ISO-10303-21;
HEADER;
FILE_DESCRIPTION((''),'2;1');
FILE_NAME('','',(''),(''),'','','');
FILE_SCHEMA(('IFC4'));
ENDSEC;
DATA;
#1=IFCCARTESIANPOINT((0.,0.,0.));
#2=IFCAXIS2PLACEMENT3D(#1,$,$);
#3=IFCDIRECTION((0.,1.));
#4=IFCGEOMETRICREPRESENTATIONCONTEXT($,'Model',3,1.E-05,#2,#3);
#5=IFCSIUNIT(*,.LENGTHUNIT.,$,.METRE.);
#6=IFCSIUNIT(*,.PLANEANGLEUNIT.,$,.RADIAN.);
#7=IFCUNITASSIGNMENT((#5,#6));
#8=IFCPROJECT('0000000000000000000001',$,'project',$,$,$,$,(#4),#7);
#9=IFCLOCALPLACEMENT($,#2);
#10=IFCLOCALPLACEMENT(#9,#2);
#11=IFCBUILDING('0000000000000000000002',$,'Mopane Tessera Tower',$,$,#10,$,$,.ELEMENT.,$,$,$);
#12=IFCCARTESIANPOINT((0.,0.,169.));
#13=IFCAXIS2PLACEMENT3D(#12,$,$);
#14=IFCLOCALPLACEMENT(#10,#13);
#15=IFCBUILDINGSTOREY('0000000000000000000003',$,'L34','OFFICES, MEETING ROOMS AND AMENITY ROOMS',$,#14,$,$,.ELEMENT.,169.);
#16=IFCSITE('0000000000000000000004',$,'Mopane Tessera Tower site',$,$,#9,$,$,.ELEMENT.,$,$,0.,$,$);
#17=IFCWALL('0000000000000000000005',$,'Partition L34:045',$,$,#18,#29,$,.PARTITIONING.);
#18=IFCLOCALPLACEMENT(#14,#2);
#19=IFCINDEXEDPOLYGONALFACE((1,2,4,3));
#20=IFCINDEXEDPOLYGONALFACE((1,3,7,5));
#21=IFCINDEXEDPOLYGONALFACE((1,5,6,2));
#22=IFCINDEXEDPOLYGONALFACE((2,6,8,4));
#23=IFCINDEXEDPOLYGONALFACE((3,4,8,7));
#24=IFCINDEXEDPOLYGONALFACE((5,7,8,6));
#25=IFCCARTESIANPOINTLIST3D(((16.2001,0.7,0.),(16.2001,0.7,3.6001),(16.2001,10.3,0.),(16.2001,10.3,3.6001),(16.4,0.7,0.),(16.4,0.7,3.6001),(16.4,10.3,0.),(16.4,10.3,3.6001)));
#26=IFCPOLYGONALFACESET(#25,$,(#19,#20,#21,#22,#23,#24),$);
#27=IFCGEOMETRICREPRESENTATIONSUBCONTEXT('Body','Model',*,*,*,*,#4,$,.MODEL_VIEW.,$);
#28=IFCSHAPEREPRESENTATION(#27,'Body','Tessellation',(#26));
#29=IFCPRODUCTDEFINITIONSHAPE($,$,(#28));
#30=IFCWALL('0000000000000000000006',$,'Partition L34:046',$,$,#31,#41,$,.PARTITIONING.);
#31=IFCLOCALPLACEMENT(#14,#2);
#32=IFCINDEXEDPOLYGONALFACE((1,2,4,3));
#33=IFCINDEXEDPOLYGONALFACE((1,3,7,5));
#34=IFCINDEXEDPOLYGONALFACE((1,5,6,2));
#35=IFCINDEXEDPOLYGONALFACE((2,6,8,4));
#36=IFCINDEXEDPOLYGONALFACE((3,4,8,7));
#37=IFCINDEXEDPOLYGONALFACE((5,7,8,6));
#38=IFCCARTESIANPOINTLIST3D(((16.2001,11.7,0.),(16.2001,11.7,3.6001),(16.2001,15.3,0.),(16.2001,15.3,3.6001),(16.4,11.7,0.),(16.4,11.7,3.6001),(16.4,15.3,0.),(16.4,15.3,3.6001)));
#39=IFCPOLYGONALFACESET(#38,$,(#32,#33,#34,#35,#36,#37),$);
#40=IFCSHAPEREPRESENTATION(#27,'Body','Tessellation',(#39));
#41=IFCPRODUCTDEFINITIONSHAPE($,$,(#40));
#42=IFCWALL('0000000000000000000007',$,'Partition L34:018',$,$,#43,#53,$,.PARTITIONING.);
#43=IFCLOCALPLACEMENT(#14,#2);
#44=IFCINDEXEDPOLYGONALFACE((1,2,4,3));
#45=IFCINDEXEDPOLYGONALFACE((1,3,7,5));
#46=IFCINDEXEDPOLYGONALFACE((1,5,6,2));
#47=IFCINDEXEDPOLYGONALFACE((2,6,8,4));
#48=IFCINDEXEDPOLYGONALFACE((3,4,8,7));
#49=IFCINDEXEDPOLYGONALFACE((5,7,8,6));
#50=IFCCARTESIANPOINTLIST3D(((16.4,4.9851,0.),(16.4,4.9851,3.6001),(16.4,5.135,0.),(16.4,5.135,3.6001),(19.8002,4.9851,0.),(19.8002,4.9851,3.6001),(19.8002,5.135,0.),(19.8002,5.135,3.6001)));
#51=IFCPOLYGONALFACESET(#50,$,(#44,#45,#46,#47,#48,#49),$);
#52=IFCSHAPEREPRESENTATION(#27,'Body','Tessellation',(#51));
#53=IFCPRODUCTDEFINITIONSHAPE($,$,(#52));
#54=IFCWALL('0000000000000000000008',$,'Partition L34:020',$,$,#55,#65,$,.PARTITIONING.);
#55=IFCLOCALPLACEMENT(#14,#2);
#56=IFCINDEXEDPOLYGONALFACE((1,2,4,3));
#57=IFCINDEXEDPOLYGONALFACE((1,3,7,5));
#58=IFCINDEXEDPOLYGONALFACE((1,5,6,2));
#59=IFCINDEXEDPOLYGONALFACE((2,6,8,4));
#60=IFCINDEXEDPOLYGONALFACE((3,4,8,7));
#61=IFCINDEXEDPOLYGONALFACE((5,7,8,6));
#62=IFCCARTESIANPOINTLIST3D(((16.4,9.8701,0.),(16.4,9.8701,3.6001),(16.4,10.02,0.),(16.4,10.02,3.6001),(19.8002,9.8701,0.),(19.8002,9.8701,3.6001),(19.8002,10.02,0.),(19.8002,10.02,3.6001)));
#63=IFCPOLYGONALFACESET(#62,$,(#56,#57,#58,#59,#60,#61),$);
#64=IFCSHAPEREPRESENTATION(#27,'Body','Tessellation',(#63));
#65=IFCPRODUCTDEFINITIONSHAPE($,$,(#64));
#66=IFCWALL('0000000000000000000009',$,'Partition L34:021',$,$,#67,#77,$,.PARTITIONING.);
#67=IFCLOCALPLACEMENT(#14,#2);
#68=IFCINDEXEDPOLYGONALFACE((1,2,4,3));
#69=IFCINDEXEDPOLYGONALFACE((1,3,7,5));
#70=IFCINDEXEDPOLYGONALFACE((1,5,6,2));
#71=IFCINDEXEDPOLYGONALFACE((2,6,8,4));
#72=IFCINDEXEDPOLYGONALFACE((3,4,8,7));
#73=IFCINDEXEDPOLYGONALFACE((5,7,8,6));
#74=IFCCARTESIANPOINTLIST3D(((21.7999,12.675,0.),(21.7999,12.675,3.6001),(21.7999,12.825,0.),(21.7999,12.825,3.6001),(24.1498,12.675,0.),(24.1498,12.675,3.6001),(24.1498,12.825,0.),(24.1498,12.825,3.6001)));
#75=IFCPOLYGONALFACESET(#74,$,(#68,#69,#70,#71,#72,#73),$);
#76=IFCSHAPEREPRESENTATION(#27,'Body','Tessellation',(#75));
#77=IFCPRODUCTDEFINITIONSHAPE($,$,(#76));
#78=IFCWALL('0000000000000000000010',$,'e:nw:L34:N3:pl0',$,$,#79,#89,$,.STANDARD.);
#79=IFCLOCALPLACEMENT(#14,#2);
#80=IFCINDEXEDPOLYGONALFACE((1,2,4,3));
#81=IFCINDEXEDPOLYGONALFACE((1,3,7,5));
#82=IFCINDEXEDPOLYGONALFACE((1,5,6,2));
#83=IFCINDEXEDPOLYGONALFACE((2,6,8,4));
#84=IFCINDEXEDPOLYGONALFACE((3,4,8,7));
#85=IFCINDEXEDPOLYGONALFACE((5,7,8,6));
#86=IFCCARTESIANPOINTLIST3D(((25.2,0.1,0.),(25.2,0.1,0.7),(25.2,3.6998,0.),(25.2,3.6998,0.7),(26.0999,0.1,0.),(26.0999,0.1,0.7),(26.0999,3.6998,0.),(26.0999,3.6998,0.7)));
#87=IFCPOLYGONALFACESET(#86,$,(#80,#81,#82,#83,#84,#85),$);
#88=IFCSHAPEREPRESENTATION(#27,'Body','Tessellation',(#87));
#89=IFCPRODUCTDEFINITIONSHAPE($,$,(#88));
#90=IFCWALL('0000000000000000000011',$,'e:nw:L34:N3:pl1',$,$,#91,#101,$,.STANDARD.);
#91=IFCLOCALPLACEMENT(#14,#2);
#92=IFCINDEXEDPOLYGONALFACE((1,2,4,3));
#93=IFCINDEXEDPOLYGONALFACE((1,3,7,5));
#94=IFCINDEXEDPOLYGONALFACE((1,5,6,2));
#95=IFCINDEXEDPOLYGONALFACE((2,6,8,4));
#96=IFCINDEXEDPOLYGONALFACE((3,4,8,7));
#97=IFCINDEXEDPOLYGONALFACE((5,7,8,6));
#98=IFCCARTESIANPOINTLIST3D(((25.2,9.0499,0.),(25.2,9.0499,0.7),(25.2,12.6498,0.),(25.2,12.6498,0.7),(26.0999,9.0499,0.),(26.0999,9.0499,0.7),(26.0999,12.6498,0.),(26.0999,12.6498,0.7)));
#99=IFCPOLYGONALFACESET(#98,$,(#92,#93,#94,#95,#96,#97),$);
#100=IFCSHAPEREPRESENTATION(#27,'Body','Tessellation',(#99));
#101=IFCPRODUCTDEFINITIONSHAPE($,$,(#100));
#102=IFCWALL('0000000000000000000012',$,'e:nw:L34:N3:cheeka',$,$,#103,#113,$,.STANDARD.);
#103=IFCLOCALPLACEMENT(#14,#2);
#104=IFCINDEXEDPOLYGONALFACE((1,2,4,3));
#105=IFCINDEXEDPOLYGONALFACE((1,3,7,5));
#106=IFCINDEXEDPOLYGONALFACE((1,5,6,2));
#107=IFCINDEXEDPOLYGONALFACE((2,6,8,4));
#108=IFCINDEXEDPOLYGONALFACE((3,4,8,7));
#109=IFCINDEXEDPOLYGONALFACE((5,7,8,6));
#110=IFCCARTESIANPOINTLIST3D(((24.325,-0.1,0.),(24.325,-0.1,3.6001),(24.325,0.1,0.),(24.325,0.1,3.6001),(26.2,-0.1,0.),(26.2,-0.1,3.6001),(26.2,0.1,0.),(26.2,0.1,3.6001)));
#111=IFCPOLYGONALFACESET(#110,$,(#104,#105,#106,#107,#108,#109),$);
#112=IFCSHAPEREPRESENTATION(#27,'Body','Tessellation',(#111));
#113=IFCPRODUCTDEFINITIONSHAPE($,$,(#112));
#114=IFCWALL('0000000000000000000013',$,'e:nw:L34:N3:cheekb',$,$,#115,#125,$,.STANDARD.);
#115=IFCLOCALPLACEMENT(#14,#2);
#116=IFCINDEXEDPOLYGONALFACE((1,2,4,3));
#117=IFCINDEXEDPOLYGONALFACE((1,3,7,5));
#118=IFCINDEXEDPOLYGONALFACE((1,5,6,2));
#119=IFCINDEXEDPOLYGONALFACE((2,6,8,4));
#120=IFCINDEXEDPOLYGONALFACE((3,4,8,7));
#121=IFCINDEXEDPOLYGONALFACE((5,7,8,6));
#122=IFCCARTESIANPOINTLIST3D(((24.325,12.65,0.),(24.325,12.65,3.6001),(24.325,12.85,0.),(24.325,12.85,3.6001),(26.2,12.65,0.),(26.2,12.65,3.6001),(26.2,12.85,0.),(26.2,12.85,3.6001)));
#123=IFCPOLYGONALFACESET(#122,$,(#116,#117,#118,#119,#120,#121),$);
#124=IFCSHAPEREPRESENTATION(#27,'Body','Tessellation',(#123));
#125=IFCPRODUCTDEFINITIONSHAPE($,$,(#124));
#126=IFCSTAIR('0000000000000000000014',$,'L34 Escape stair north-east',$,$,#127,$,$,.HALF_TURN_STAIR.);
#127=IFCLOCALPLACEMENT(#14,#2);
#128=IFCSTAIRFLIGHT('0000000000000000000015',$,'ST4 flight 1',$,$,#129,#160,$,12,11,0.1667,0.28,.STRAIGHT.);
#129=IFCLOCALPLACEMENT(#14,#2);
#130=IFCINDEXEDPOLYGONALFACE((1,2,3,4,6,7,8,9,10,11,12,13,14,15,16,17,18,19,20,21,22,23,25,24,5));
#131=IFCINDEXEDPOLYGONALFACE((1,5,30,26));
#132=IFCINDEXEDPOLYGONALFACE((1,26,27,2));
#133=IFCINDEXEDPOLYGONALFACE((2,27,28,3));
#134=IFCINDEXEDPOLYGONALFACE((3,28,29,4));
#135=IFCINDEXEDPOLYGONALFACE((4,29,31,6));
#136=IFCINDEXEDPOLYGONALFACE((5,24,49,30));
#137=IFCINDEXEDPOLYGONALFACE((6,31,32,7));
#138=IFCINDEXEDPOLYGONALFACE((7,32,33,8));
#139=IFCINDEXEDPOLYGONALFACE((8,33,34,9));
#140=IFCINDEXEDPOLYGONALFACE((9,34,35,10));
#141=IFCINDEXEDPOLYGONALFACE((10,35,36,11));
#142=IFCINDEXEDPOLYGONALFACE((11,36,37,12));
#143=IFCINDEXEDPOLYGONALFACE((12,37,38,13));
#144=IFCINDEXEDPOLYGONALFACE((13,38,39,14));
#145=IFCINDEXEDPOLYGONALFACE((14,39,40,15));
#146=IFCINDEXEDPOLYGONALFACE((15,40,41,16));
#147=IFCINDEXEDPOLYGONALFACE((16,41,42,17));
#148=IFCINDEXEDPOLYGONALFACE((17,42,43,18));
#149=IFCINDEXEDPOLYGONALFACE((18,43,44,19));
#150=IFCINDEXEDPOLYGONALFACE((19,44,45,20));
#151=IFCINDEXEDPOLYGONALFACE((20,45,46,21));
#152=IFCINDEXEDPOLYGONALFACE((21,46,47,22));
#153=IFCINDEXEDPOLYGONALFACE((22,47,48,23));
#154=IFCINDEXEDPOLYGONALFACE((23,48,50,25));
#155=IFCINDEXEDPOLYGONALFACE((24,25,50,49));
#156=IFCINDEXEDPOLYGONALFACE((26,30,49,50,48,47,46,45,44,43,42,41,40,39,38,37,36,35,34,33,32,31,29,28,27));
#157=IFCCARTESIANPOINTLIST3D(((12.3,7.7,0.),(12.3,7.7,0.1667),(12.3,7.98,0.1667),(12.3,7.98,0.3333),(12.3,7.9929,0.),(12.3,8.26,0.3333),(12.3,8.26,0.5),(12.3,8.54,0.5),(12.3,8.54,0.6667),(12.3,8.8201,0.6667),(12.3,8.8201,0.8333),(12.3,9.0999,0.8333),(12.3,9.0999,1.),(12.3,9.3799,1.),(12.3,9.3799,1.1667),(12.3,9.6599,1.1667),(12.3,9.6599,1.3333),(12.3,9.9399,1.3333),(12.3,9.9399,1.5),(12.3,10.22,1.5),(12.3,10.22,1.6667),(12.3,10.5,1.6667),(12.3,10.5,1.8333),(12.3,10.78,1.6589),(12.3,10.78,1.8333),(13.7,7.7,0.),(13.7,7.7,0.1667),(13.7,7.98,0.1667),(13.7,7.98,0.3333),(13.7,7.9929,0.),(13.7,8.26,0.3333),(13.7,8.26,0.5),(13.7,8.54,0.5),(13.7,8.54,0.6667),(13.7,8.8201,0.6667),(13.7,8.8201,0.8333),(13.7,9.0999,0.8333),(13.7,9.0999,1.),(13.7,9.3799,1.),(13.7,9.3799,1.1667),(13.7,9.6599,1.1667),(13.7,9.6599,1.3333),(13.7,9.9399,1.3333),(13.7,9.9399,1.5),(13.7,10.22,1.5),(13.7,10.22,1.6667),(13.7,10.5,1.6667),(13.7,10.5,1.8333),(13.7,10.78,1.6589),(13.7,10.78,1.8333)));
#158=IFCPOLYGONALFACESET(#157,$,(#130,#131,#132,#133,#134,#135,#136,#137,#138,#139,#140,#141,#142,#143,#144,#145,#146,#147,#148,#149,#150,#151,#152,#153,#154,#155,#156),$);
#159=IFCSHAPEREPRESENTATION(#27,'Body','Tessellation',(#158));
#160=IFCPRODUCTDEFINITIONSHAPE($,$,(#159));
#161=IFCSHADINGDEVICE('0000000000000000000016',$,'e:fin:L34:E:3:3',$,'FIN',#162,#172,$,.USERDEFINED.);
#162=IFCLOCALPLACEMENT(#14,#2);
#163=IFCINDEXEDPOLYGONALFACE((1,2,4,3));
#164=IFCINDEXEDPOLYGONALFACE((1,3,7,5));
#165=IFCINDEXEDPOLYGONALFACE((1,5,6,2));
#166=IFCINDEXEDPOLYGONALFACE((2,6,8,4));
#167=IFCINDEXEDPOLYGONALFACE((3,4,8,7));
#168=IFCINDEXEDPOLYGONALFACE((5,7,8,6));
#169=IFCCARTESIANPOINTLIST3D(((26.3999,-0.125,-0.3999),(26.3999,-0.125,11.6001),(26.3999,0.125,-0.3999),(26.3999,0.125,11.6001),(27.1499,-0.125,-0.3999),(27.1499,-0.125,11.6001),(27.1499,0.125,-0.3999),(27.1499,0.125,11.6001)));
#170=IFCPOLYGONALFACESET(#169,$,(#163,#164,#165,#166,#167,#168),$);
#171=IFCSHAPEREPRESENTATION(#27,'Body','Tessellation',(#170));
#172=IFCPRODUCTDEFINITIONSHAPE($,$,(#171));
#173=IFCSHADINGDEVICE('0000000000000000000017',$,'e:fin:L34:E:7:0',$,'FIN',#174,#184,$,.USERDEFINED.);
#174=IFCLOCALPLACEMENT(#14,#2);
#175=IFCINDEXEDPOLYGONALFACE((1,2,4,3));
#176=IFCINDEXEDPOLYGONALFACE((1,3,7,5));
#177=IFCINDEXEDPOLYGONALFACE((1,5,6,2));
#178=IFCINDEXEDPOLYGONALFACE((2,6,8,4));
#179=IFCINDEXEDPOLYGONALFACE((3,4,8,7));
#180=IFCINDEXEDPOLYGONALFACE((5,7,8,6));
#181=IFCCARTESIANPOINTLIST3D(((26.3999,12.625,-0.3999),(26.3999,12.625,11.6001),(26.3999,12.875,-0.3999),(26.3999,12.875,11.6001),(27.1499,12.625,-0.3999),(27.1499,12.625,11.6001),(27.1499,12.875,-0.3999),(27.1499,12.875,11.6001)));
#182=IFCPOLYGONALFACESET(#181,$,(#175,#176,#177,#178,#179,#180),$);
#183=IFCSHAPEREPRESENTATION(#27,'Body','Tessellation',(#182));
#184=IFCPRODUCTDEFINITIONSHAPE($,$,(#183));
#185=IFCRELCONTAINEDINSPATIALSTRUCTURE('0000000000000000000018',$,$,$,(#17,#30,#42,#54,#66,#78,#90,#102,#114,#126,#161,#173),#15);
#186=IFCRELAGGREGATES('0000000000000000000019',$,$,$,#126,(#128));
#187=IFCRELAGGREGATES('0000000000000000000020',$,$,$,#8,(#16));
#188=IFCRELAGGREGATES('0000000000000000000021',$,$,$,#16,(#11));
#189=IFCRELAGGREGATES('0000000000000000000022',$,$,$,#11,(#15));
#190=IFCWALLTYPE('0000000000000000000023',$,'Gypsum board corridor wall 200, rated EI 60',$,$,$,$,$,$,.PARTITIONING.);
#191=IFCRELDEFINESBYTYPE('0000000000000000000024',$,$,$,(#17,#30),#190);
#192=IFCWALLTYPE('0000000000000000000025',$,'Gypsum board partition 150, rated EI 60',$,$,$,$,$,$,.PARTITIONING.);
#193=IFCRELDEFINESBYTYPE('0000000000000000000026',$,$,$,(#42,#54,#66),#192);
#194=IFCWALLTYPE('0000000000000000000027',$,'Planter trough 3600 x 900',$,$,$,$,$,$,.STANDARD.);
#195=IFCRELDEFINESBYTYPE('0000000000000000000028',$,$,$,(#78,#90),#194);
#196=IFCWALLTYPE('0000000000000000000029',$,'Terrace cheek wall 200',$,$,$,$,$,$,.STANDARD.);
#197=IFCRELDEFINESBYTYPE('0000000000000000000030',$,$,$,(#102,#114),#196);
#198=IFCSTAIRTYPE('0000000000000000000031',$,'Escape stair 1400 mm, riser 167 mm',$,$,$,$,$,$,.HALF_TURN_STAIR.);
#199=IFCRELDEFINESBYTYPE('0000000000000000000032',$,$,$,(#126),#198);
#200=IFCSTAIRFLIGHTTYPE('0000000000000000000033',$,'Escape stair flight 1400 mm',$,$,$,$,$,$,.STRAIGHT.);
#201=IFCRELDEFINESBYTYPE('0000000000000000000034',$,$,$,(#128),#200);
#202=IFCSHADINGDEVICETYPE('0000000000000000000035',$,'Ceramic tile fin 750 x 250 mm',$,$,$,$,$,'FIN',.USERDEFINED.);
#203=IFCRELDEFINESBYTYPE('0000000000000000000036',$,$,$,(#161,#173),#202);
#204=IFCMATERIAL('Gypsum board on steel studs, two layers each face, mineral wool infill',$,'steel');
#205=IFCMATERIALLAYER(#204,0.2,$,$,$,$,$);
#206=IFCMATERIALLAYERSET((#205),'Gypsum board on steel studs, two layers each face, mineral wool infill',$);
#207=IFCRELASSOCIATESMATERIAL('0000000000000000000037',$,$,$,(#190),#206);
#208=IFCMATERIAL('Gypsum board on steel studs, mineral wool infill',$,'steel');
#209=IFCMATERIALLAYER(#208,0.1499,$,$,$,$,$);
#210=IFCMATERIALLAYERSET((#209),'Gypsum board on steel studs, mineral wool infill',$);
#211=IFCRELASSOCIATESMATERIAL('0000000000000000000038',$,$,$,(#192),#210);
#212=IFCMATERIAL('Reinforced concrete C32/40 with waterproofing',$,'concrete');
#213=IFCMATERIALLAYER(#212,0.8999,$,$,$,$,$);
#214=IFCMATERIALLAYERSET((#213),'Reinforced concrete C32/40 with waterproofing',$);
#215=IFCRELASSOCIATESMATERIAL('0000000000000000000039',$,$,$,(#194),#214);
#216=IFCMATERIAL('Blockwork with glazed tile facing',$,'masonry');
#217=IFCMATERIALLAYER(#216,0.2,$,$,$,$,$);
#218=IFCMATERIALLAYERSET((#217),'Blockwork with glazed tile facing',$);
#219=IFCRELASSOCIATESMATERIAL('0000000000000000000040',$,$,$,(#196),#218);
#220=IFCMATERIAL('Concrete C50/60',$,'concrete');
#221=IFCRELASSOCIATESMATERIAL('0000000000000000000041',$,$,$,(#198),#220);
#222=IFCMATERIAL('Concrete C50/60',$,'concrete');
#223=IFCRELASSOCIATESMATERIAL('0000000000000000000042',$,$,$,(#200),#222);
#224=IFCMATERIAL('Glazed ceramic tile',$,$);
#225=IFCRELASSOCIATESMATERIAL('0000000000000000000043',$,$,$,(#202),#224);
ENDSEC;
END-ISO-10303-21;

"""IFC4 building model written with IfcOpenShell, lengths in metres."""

from ifc_helpers import new_model, si_unit, direction, frame, frame_2d, origin, origin_2d, place, context, subcontext, project, spatial, polyline, rectangle, outline, extrude, material, layer, layer_set, type_object, element, aggregate, save


model = new_model("IFC4")

# Units and contexts
model_context = context("Model", 3, precision=1e-05, world=origin(), true_north=direction((0.0, 1.0)))
body_context = subcontext(model_context, "Body", "Model", "MODEL_VIEW")
ifc_project = project(units=[si_unit("LENGTHUNIT", "METRE"), si_unit("PLANEANGLEUNIT", "RADIAN")], contexts=[model_context])

# Site, building, storey
site_placement = place(None, origin())
site = spatial("IfcSite", under=ifc_project, at=site_placement, Name="Mopane Tessera Tower site", CompositionType="ELEMENT", RefElevation=0.0)
building_placement = place(site_placement, origin())
building = spatial("IfcBuilding", under=site, at=building_placement, Name="Mopane Tessera Tower", CompositionType="ELEMENT")
storey_placement = place(building_placement, frame((0.0, 0.0, 169.0)))
storey = spatial("IfcBuildingStorey", under=building, at=storey_placement, Name="L34", Description="OFFICES, MEETING ROOMS AND AMENITY ROOMS", CompositionType="ELEMENT", Elevation=169.0)

# Walls
ifc_material_1 = material(Name="Gypsum board on steel studs, two layers each face, mineral wool infill", Category="steel")
ifc_layer_1 = layer(ifc_material_1, 0.2)
ifc_layer_set_1 = layer_set([ifc_layer_1], Name="Gypsum board on steel studs, two layers each face, mineral wool infill")
wall_type_1 = type_object("IfcWallType", Name="Gypsum board corridor wall 200, rated EI 60", PredefinedType="PARTITIONING", material=ifc_layer_set_1)
wall_1_placement = place(storey_placement, frame((16.3, 0.7, 0.0), z_axis=(0.0, 0.0, 1.0), x_axis=(0.0, 1.0, 0.0)))
element("IfcWall", 1, at=wall_1_placement, inside=storey, type_object=wall_type_1, Name="Partition L34:045", PredefinedType="PARTITIONING", context=body_context, shape_type="SweptSolid", body=[
    extrude(rectangle(XDim=9.6001, YDim=0.2, at=frame_2d((4.8, 0.0))), origin(), (0.0, 0.0, 1.0), 3.6001),
])
wall_2_placement = place(storey_placement, frame((16.3, 11.7, 0.0), z_axis=(0.0, 0.0, 1.0), x_axis=(0.0, 1.0, 0.0)))
element("IfcWall", 2, at=wall_2_placement, inside=storey, type_object=wall_type_1, Name="Partition L34:046", PredefinedType="PARTITIONING", context=body_context, shape_type="SweptSolid", body=[
    extrude(rectangle(XDim=3.6001, YDim=0.2, at=frame_2d((1.8, 0.0))), origin(), (0.0, 0.0, 1.0), 3.6001),
])
ifc_material_2 = material(Name="Gypsum board on steel studs, mineral wool infill", Category="steel")
ifc_layer_2 = layer(ifc_material_2, 0.1499)
ifc_layer_set_2 = layer_set([ifc_layer_2], Name="Gypsum board on steel studs, mineral wool infill")
wall_type_2 = type_object("IfcWallType", Name="Gypsum board partition 150, rated EI 60", PredefinedType="PARTITIONING", material=ifc_layer_set_2)
for number, where, z_axis, x_axis, name in (
    (3, (16.3999, 5.0601, 0.0), (0.0, 0.0, 1.0), (1.0, 0.0, 0.0), "Partition L34:018"),
    (4, (16.3999, 9.9451, 0.0), (0.0, 0.0, 1.0), (1.0, 0.0, 0.0), "Partition L34:020"),
):
    element("IfcWall", number, at=place(storey_placement, frame(where, z_axis=z_axis, x_axis=x_axis)), inside=storey, type_object=wall_type_2, Name=name, PredefinedType="PARTITIONING", context=body_context, shape_type="SweptSolid", body=[
        extrude(rectangle(XDim=3.4001, YDim=0.1499, at=frame_2d((1.7002, 0.0))), origin(), (0.0, 0.0, 1.0), 3.6001),
    ])
wall_3_placement = place(storey_placement, frame((21.8, 12.75, 0.0), z_axis=(0.0, 0.0, 1.0), x_axis=(1.0, 0.0, 0.0)))
element("IfcWall", 5, at=wall_3_placement, inside=storey, type_object=wall_type_2, Name="Partition L34:021", PredefinedType="PARTITIONING", context=body_context, shape_type="SweptSolid", body=[
    extrude(rectangle(XDim=2.3499, YDim=0.1499, at=frame_2d((1.1748, 0.0))), origin(), (0.0, 0.0, 1.0), 3.6001),
])
ifc_material_3 = material(Name="Reinforced concrete C32/40 with waterproofing", Category="concrete")
ifc_layer_3 = layer(ifc_material_3, 0.8999)
ifc_layer_set_3 = layer_set([ifc_layer_3], Name="Reinforced concrete C32/40 with waterproofing")
wall_type_3 = type_object("IfcWallType", Name="Planter trough 3600 x 900", PredefinedType="STANDARD", material=ifc_layer_set_3)
for number, where, z_axis, x_axis, name in (
    (6, (25.6499, 0.1001, 0.0), (0.0, 0.0, 1.0), (0.0, 1.0, 0.0), "e:nw:L34:N3:pl0"),
    (7, (25.6499, 9.05, 0.0), (0.0, 0.0, 1.0), (0.0, 1.0, 0.0), "e:nw:L34:N3:pl1"),
):
    element("IfcWall", number, at=place(storey_placement, frame(where, z_axis=z_axis, x_axis=x_axis)), inside=storey, type_object=wall_type_3, Name=name, PredefinedType="STANDARD", context=body_context, shape_type="SweptSolid", body=[
        extrude(rectangle(XDim=3.5999, YDim=0.8999, at=frame_2d((1.7998, 0.0))), origin(), (0.0, 0.0, 1.0), 0.7),
    ])
ifc_material_4 = material(Name="Blockwork with glazed tile facing", Category="masonry")
ifc_layer_4 = layer(ifc_material_4, 0.2)
ifc_layer_set_4 = layer_set([ifc_layer_4], Name="Blockwork with glazed tile facing")
wall_type_4 = type_object("IfcWallType", Name="Terrace cheek wall 200", PredefinedType="STANDARD", material=ifc_layer_set_4)
for number, where, z_axis, x_axis, name in (
    (8, (26.2, 0.0, 0.0), (0.0, 0.0, 1.0), (-1.0, 0.0, 0.0), "e:nw:L34:N3:cheeka"),
    (9, (26.2, 12.75, 0.0), (0.0, 0.0, 1.0), (-1.0, 0.0, 0.0), "e:nw:L34:N3:cheekb"),
):
    element("IfcWall", number, at=place(storey_placement, frame(where, z_axis=z_axis, x_axis=x_axis)), inside=storey, type_object=wall_type_4, Name=name, PredefinedType="STANDARD", context=body_context, shape_type="SweptSolid", body=[
        extrude(rectangle(XDim=1.875, YDim=0.2, at=frame_2d((0.9375, 0.0))), origin(), (0.0, 0.0, 1.0), 3.6001),
    ])

# Stair, stair flight
ifc_material_5 = material(Name="Concrete C50/60", Category="concrete")
stair_type = type_object("IfcStairType", Name="Escape stair 1400 mm, riser 167 mm", PredefinedType="HALF_TURN_STAIR", material=ifc_material_5)
stair_placement = place(storey_placement, origin())
stair = element("IfcStair", 10, at=stair_placement, inside=storey, type_object=stair_type, Name="L34 Escape stair north-east", PredefinedType="HALF_TURN_STAIR")
ifc_material_6 = material(Name="Concrete C50/60", Category="concrete")
stair_flight_type = type_object("IfcStairFlightType", Name="Escape stair flight 1400 mm", PredefinedType="STRAIGHT", material=ifc_material_6)
stair_flight_placement = place(storey_placement, frame((13.0, 7.7, 0.0), z_axis=(0.0, 0.0, 1.0), x_axis=(0.0, 1.0, 0.0)))
stair_flight = element("IfcStairFlight", 11, at=stair_flight_placement, type_object=stair_flight_type, Name="ST4 flight 1", NumberOfRisers=12, NumberOfTreads=11, PredefinedType="STRAIGHT", RiserHeight=0.1667, TreadLength=0.28, context=body_context, shape_type="SweptSolid", body=[
    extrude(outline(polyline([(0.0, 0.0), (0.0, 0.1667), (0.28, 0.1667), (0.28, 0.3333), (0.5601, 0.3333), (0.5601, 0.5), (0.8401, 0.5), (0.8401, 0.6667), (1.1201, 0.6667), (1.1201, 0.8333), (1.3999, 0.8333), (1.3999, 1.0), (1.6799, 1.0), (1.6799, 1.1667), (1.96, 1.1667), (1.96, 1.3333), (2.24, 1.3333), (2.24, 1.5), (2.52, 1.5), (2.52, 1.6667), (2.8, 1.6667), (2.8, 1.8333), (3.0801, 1.8333), (3.0801, 2.0), (3.0801, 1.6589), (0.293, 0.0), (0.0, 0.0)])), frame((0.0, 0.7, 0.0), z_axis=(0.0, -1.0, 0.0), x_axis=(1.0, 0.0, 0.0)), (0.0, 0.0, 1.0), 1.3999),
])
aggregate(stair, [stair_flight])

# Shading devices
ifc_material_7 = material(Name="Glazed ceramic tile")
shading_device_type = type_object("IfcShadingDeviceType", Name="Ceramic tile fin 750 x 250 mm", ElementType="FIN", PredefinedType="USERDEFINED", material=ifc_material_7)
for number, where, z_axis, x_axis, name in (
    (12, (26.7749, 0.0, -0.3999), (0.0, 0.0, 1.0), (0.0, 1.0, 0.0), "e:fin:L34:E:3:3"),
    (13, (26.7749, 12.75, -0.3999), (0.0, 0.0, 1.0), (0.0, 1.0, 0.0), "e:fin:L34:E:7:0"),
):
    element("IfcShadingDevice", number, at=place(storey_placement, frame(where, z_axis=z_axis, x_axis=x_axis)), inside=storey, type_object=shading_device_type, Name=name, ObjectType="FIN", PredefinedType="USERDEFINED", context=body_context, shape_type="SweptSolid", body=[
        extrude(rectangle(XDim=0.25, YDim=0.75, at=origin_2d()), origin(), (0.0, 0.0, 1.0), 12.0),
    ])

save(model, "model.ifc")
